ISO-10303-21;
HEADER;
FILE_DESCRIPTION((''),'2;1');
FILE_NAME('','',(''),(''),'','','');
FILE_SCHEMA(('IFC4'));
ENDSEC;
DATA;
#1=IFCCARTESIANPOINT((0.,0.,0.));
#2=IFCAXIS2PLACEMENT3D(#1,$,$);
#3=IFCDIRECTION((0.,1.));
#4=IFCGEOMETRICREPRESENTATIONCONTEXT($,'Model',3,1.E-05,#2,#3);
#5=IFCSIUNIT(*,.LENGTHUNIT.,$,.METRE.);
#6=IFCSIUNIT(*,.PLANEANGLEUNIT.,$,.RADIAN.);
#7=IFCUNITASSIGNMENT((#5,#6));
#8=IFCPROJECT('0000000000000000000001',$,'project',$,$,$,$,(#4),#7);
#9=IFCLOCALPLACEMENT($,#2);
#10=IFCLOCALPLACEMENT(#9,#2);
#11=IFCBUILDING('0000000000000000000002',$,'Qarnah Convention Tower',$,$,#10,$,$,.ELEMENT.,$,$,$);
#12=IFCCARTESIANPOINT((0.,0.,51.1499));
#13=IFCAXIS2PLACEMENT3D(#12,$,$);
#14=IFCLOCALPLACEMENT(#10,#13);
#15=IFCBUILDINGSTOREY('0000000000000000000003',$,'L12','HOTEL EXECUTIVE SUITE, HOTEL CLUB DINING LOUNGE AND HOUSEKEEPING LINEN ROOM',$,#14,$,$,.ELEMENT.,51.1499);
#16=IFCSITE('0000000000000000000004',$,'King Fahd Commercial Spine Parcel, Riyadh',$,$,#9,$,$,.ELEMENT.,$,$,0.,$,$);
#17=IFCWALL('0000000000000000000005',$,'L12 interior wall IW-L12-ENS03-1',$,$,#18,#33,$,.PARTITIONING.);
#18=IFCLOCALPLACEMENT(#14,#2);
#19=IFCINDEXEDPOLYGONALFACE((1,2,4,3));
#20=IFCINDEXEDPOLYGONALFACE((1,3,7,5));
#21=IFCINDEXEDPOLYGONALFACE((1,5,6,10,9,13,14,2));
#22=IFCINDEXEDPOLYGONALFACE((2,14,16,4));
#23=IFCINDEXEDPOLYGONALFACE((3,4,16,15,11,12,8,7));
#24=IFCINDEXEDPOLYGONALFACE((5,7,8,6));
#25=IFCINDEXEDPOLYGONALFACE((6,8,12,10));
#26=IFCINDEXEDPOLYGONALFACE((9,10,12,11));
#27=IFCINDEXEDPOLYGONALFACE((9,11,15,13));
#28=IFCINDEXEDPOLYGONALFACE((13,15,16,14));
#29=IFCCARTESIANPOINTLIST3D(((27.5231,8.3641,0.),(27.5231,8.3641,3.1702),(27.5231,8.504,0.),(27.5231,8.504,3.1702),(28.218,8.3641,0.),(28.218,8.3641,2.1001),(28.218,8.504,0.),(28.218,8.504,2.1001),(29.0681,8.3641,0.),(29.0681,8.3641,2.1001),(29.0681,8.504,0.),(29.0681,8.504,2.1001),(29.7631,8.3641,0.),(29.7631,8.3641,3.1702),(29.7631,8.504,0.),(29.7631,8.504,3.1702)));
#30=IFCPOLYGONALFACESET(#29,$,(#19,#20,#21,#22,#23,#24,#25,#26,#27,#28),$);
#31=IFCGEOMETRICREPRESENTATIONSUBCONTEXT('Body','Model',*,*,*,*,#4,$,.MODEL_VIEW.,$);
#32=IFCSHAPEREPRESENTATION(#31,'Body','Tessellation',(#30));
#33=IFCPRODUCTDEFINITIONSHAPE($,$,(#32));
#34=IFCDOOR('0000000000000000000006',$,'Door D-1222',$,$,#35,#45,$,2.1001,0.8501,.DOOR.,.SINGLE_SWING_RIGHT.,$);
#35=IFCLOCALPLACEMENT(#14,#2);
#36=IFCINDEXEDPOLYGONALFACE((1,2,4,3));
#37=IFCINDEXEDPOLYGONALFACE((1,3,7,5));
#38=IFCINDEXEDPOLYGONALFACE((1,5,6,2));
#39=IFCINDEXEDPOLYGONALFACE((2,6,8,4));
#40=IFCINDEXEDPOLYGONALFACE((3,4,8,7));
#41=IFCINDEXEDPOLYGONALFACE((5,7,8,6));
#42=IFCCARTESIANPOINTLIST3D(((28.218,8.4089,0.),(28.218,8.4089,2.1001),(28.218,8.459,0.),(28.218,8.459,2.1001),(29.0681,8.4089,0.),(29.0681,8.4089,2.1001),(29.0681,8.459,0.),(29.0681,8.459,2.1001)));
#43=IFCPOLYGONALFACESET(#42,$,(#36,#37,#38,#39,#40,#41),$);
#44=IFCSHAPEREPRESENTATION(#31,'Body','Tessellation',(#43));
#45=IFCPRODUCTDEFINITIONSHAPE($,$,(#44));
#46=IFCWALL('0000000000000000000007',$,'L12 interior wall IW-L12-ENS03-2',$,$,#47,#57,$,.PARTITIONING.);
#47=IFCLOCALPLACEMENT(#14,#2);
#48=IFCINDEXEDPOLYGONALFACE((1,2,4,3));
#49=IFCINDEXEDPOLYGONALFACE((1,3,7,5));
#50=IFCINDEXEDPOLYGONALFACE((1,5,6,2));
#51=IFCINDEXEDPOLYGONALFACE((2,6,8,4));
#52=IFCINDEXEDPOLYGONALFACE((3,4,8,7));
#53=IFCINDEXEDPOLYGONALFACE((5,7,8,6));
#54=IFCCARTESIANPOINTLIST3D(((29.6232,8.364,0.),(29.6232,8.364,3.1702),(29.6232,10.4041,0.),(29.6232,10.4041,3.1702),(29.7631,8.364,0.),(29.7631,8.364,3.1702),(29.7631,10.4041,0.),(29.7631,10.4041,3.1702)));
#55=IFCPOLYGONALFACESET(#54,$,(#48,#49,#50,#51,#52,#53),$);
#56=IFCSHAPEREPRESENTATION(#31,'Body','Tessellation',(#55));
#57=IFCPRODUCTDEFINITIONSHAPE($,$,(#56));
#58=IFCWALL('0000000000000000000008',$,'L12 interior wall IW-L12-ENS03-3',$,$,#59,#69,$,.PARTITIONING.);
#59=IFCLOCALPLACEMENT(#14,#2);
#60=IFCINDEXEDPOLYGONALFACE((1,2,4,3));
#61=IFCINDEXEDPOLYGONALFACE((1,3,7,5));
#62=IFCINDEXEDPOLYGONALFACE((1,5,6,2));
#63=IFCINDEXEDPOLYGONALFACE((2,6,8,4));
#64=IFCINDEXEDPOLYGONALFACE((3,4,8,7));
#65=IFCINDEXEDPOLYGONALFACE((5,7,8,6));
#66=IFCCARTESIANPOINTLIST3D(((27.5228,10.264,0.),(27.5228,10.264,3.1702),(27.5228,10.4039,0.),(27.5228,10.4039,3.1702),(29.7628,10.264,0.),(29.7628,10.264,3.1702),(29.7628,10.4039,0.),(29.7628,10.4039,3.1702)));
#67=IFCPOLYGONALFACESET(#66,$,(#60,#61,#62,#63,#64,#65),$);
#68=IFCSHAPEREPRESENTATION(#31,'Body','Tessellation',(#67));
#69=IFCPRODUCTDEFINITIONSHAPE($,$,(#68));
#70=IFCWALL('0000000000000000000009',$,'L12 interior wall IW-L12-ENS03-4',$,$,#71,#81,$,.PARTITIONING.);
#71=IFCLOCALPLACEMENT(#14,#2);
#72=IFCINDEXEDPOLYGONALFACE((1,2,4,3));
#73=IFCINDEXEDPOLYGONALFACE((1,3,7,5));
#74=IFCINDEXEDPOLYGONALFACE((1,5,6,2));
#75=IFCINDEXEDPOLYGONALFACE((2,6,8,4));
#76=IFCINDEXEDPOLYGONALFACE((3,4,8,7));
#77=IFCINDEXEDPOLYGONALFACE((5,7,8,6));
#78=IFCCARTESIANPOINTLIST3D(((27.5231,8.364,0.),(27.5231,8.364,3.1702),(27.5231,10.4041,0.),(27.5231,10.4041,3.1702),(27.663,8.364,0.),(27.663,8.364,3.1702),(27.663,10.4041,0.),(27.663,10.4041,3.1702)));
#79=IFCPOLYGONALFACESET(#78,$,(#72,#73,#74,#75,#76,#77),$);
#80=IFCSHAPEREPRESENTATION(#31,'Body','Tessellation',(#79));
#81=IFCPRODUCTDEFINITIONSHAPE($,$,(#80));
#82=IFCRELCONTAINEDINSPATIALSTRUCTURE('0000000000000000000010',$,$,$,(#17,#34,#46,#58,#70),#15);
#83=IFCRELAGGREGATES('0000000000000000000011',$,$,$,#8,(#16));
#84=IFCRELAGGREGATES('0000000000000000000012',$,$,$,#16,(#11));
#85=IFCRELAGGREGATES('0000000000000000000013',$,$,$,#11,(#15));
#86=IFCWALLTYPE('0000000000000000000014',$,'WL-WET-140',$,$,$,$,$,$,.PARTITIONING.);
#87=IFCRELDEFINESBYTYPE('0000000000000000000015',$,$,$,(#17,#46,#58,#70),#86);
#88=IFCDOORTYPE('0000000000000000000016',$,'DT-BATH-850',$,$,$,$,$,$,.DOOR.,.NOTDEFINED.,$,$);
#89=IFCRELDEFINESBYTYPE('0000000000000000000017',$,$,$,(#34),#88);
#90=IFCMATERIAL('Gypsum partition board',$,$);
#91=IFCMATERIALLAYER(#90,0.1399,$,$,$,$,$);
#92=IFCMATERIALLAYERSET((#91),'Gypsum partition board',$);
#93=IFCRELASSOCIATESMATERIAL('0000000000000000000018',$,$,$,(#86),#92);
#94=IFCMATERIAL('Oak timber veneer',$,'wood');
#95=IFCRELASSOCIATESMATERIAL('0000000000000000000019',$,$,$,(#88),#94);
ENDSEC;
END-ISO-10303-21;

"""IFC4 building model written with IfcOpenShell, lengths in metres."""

from ifc_helpers import new_model, si_unit, direction, frame, frame_2d, origin, place, context, subcontext, project, spatial, rectangle, extrude, material, layer, layer_set, type_object, element, fill, save


model = new_model("IFC4")

# Units and contexts
model_context = context("Model", 3, precision=1e-05, world=origin(), true_north=direction((0.0, 1.0)))
body_context = subcontext(model_context, "Body", "Model", "MODEL_VIEW")
ifc_project = project(units=[si_unit("LENGTHUNIT", "METRE"), si_unit("PLANEANGLEUNIT", "RADIAN")], contexts=[model_context])

# Site, building, storey
site_placement = place(None, origin())
site = spatial("IfcSite", under=ifc_project, at=site_placement, Name="King Fahd Commercial Spine Parcel, Riyadh", CompositionType="ELEMENT", RefElevation=0.0)
building_placement = place(site_placement, origin())
building = spatial("IfcBuilding", under=site, at=building_placement, Name="Qarnah Convention Tower", CompositionType="ELEMENT")
storey_placement = place(building_placement, frame((0.0, 0.0, 51.1499)))
storey = spatial("IfcBuildingStorey", under=building, at=storey_placement, Name="L12", Description="HOTEL EXECUTIVE SUITE, HOTEL CLUB DINING LOUNGE AND HOUSEKEEPING LINEN ROOM", CompositionType="ELEMENT", Elevation=51.1499)

# Shared definitions
ifc_material_1 = material(Name="Gypsum partition board")

# Wall, opening, door
ifc_layer_1 = layer(ifc_material_1, 0.1399)
ifc_layer_set_1 = layer_set([ifc_layer_1], Name="Gypsum partition board")
wall_type_1 = type_object("IfcWallType", Name="WL-WET-140", PredefinedType="PARTITIONING", material=ifc_layer_set_1)
wall_1_placement = place(storey_placement, frame((27.5229, 8.4341, 0.0), z_axis=(0.0, 0.0, 1.0), x_axis=(1.0, 0.0, 0.0)))
wall_1 = element("IfcWall", 1, at=wall_1_placement, inside=storey, type_object=wall_type_1, Name="L12 interior wall IW-L12-ENS03-1", PredefinedType="PARTITIONING", context=body_context, shape_type="SweptSolid", body=[
    extrude(rectangle(XDim=2.24, YDim=0.1399, at=frame_2d((1.1201, 0.0))), origin(), (0.0, 0.0, 1.0), 3.1702),
])
opening_placement = place(wall_1_placement, frame((0.6951, 0.0, 0.0)))
opening = element("IfcOpeningElement", 2, at=opening_placement, cuts=wall_1, PredefinedType="OPENING", context=body_context, shape_type="SweptSolid", body=[
    extrude(rectangle(XDim=0.8501, YDim=2.1001, at=frame_2d((0.425, 1.05))), frame((0.0, 0.0798, 0.0), z_axis=(0.0, -1.0, 0.0), x_axis=(1.0, 0.0, 0.0)), (0.0, 0.0, 1.0), 0.1599),
])
ifc_material_2 = material(Name="Oak timber veneer", Category="wood")
door_type = type_object("IfcDoorType", Name="DT-BATH-850", OperationType="NOTDEFINED", PredefinedType="DOOR", material=ifc_material_2)
door_placement = place(opening_placement, origin())
door = element("IfcDoor", 3, at=door_placement, inside=storey, type_object=door_type, Name="Door D-1222", OperationType="SINGLE_SWING_RIGHT", OverallHeight=2.1001, OverallWidth=0.8501, PredefinedType="DOOR", context=body_context, shape_type="SweptSolid", body=[
    extrude(rectangle(XDim=0.8501, YDim=2.1001, at=frame_2d((0.425, 1.05))), frame((0.0, 0.0249, 0.0), z_axis=(0.0, -1.0, 0.0), x_axis=(1.0, 0.0, 0.0)), (0.0, 0.0, 1.0), 0.05),
])
fill(opening, door)

# Walls
wall_2_placement = place(storey_placement, frame((29.6931, 8.364, 0.0), z_axis=(0.0, 0.0, 1.0), x_axis=(0.0, 1.0, 0.0)))
element("IfcWall", 4, at=wall_2_placement, inside=storey, type_object=wall_type_1, Name="L12 interior wall IW-L12-ENS03-2", PredefinedType="PARTITIONING", context=body_context, shape_type="SweptSolid", body=[
    extrude(rectangle(XDim=2.04, YDim=0.1399, at=frame_2d((1.02, 0.0))), origin(), (0.0, 0.0, 1.0), 3.1702),
])
wall_3_placement = place(storey_placement, frame((29.7629, 10.334, 0.0), z_axis=(0.0, 0.0, 1.0), x_axis=(-1.0, 0.0, 0.0)))
element("IfcWall", 5, at=wall_3_placement, inside=storey, type_object=wall_type_1, Name="L12 interior wall IW-L12-ENS03-3", PredefinedType="PARTITIONING", context=body_context, shape_type="SweptSolid", body=[
    extrude(rectangle(XDim=2.24, YDim=0.1399, at=frame_2d((1.1201, 0.0))), origin(), (0.0, 0.0, 1.0), 3.1702),
])
wall_4_placement = place(storey_placement, frame((27.593, 10.4041, 0.0), z_axis=(0.0, 0.0, 1.0), x_axis=(0.0, -1.0, 0.0)))
element("IfcWall", 6, at=wall_4_placement, inside=storey, type_object=wall_type_1, Name="L12 interior wall IW-L12-ENS03-4", PredefinedType="PARTITIONING", context=body_context, shape_type="SweptSolid", body=[
    extrude(rectangle(XDim=2.04, YDim=0.1399, at=frame_2d((1.02, 0.0))), origin(), (0.0, 0.0, 1.0), 3.1702),
])

save(model, "model.ifc")
